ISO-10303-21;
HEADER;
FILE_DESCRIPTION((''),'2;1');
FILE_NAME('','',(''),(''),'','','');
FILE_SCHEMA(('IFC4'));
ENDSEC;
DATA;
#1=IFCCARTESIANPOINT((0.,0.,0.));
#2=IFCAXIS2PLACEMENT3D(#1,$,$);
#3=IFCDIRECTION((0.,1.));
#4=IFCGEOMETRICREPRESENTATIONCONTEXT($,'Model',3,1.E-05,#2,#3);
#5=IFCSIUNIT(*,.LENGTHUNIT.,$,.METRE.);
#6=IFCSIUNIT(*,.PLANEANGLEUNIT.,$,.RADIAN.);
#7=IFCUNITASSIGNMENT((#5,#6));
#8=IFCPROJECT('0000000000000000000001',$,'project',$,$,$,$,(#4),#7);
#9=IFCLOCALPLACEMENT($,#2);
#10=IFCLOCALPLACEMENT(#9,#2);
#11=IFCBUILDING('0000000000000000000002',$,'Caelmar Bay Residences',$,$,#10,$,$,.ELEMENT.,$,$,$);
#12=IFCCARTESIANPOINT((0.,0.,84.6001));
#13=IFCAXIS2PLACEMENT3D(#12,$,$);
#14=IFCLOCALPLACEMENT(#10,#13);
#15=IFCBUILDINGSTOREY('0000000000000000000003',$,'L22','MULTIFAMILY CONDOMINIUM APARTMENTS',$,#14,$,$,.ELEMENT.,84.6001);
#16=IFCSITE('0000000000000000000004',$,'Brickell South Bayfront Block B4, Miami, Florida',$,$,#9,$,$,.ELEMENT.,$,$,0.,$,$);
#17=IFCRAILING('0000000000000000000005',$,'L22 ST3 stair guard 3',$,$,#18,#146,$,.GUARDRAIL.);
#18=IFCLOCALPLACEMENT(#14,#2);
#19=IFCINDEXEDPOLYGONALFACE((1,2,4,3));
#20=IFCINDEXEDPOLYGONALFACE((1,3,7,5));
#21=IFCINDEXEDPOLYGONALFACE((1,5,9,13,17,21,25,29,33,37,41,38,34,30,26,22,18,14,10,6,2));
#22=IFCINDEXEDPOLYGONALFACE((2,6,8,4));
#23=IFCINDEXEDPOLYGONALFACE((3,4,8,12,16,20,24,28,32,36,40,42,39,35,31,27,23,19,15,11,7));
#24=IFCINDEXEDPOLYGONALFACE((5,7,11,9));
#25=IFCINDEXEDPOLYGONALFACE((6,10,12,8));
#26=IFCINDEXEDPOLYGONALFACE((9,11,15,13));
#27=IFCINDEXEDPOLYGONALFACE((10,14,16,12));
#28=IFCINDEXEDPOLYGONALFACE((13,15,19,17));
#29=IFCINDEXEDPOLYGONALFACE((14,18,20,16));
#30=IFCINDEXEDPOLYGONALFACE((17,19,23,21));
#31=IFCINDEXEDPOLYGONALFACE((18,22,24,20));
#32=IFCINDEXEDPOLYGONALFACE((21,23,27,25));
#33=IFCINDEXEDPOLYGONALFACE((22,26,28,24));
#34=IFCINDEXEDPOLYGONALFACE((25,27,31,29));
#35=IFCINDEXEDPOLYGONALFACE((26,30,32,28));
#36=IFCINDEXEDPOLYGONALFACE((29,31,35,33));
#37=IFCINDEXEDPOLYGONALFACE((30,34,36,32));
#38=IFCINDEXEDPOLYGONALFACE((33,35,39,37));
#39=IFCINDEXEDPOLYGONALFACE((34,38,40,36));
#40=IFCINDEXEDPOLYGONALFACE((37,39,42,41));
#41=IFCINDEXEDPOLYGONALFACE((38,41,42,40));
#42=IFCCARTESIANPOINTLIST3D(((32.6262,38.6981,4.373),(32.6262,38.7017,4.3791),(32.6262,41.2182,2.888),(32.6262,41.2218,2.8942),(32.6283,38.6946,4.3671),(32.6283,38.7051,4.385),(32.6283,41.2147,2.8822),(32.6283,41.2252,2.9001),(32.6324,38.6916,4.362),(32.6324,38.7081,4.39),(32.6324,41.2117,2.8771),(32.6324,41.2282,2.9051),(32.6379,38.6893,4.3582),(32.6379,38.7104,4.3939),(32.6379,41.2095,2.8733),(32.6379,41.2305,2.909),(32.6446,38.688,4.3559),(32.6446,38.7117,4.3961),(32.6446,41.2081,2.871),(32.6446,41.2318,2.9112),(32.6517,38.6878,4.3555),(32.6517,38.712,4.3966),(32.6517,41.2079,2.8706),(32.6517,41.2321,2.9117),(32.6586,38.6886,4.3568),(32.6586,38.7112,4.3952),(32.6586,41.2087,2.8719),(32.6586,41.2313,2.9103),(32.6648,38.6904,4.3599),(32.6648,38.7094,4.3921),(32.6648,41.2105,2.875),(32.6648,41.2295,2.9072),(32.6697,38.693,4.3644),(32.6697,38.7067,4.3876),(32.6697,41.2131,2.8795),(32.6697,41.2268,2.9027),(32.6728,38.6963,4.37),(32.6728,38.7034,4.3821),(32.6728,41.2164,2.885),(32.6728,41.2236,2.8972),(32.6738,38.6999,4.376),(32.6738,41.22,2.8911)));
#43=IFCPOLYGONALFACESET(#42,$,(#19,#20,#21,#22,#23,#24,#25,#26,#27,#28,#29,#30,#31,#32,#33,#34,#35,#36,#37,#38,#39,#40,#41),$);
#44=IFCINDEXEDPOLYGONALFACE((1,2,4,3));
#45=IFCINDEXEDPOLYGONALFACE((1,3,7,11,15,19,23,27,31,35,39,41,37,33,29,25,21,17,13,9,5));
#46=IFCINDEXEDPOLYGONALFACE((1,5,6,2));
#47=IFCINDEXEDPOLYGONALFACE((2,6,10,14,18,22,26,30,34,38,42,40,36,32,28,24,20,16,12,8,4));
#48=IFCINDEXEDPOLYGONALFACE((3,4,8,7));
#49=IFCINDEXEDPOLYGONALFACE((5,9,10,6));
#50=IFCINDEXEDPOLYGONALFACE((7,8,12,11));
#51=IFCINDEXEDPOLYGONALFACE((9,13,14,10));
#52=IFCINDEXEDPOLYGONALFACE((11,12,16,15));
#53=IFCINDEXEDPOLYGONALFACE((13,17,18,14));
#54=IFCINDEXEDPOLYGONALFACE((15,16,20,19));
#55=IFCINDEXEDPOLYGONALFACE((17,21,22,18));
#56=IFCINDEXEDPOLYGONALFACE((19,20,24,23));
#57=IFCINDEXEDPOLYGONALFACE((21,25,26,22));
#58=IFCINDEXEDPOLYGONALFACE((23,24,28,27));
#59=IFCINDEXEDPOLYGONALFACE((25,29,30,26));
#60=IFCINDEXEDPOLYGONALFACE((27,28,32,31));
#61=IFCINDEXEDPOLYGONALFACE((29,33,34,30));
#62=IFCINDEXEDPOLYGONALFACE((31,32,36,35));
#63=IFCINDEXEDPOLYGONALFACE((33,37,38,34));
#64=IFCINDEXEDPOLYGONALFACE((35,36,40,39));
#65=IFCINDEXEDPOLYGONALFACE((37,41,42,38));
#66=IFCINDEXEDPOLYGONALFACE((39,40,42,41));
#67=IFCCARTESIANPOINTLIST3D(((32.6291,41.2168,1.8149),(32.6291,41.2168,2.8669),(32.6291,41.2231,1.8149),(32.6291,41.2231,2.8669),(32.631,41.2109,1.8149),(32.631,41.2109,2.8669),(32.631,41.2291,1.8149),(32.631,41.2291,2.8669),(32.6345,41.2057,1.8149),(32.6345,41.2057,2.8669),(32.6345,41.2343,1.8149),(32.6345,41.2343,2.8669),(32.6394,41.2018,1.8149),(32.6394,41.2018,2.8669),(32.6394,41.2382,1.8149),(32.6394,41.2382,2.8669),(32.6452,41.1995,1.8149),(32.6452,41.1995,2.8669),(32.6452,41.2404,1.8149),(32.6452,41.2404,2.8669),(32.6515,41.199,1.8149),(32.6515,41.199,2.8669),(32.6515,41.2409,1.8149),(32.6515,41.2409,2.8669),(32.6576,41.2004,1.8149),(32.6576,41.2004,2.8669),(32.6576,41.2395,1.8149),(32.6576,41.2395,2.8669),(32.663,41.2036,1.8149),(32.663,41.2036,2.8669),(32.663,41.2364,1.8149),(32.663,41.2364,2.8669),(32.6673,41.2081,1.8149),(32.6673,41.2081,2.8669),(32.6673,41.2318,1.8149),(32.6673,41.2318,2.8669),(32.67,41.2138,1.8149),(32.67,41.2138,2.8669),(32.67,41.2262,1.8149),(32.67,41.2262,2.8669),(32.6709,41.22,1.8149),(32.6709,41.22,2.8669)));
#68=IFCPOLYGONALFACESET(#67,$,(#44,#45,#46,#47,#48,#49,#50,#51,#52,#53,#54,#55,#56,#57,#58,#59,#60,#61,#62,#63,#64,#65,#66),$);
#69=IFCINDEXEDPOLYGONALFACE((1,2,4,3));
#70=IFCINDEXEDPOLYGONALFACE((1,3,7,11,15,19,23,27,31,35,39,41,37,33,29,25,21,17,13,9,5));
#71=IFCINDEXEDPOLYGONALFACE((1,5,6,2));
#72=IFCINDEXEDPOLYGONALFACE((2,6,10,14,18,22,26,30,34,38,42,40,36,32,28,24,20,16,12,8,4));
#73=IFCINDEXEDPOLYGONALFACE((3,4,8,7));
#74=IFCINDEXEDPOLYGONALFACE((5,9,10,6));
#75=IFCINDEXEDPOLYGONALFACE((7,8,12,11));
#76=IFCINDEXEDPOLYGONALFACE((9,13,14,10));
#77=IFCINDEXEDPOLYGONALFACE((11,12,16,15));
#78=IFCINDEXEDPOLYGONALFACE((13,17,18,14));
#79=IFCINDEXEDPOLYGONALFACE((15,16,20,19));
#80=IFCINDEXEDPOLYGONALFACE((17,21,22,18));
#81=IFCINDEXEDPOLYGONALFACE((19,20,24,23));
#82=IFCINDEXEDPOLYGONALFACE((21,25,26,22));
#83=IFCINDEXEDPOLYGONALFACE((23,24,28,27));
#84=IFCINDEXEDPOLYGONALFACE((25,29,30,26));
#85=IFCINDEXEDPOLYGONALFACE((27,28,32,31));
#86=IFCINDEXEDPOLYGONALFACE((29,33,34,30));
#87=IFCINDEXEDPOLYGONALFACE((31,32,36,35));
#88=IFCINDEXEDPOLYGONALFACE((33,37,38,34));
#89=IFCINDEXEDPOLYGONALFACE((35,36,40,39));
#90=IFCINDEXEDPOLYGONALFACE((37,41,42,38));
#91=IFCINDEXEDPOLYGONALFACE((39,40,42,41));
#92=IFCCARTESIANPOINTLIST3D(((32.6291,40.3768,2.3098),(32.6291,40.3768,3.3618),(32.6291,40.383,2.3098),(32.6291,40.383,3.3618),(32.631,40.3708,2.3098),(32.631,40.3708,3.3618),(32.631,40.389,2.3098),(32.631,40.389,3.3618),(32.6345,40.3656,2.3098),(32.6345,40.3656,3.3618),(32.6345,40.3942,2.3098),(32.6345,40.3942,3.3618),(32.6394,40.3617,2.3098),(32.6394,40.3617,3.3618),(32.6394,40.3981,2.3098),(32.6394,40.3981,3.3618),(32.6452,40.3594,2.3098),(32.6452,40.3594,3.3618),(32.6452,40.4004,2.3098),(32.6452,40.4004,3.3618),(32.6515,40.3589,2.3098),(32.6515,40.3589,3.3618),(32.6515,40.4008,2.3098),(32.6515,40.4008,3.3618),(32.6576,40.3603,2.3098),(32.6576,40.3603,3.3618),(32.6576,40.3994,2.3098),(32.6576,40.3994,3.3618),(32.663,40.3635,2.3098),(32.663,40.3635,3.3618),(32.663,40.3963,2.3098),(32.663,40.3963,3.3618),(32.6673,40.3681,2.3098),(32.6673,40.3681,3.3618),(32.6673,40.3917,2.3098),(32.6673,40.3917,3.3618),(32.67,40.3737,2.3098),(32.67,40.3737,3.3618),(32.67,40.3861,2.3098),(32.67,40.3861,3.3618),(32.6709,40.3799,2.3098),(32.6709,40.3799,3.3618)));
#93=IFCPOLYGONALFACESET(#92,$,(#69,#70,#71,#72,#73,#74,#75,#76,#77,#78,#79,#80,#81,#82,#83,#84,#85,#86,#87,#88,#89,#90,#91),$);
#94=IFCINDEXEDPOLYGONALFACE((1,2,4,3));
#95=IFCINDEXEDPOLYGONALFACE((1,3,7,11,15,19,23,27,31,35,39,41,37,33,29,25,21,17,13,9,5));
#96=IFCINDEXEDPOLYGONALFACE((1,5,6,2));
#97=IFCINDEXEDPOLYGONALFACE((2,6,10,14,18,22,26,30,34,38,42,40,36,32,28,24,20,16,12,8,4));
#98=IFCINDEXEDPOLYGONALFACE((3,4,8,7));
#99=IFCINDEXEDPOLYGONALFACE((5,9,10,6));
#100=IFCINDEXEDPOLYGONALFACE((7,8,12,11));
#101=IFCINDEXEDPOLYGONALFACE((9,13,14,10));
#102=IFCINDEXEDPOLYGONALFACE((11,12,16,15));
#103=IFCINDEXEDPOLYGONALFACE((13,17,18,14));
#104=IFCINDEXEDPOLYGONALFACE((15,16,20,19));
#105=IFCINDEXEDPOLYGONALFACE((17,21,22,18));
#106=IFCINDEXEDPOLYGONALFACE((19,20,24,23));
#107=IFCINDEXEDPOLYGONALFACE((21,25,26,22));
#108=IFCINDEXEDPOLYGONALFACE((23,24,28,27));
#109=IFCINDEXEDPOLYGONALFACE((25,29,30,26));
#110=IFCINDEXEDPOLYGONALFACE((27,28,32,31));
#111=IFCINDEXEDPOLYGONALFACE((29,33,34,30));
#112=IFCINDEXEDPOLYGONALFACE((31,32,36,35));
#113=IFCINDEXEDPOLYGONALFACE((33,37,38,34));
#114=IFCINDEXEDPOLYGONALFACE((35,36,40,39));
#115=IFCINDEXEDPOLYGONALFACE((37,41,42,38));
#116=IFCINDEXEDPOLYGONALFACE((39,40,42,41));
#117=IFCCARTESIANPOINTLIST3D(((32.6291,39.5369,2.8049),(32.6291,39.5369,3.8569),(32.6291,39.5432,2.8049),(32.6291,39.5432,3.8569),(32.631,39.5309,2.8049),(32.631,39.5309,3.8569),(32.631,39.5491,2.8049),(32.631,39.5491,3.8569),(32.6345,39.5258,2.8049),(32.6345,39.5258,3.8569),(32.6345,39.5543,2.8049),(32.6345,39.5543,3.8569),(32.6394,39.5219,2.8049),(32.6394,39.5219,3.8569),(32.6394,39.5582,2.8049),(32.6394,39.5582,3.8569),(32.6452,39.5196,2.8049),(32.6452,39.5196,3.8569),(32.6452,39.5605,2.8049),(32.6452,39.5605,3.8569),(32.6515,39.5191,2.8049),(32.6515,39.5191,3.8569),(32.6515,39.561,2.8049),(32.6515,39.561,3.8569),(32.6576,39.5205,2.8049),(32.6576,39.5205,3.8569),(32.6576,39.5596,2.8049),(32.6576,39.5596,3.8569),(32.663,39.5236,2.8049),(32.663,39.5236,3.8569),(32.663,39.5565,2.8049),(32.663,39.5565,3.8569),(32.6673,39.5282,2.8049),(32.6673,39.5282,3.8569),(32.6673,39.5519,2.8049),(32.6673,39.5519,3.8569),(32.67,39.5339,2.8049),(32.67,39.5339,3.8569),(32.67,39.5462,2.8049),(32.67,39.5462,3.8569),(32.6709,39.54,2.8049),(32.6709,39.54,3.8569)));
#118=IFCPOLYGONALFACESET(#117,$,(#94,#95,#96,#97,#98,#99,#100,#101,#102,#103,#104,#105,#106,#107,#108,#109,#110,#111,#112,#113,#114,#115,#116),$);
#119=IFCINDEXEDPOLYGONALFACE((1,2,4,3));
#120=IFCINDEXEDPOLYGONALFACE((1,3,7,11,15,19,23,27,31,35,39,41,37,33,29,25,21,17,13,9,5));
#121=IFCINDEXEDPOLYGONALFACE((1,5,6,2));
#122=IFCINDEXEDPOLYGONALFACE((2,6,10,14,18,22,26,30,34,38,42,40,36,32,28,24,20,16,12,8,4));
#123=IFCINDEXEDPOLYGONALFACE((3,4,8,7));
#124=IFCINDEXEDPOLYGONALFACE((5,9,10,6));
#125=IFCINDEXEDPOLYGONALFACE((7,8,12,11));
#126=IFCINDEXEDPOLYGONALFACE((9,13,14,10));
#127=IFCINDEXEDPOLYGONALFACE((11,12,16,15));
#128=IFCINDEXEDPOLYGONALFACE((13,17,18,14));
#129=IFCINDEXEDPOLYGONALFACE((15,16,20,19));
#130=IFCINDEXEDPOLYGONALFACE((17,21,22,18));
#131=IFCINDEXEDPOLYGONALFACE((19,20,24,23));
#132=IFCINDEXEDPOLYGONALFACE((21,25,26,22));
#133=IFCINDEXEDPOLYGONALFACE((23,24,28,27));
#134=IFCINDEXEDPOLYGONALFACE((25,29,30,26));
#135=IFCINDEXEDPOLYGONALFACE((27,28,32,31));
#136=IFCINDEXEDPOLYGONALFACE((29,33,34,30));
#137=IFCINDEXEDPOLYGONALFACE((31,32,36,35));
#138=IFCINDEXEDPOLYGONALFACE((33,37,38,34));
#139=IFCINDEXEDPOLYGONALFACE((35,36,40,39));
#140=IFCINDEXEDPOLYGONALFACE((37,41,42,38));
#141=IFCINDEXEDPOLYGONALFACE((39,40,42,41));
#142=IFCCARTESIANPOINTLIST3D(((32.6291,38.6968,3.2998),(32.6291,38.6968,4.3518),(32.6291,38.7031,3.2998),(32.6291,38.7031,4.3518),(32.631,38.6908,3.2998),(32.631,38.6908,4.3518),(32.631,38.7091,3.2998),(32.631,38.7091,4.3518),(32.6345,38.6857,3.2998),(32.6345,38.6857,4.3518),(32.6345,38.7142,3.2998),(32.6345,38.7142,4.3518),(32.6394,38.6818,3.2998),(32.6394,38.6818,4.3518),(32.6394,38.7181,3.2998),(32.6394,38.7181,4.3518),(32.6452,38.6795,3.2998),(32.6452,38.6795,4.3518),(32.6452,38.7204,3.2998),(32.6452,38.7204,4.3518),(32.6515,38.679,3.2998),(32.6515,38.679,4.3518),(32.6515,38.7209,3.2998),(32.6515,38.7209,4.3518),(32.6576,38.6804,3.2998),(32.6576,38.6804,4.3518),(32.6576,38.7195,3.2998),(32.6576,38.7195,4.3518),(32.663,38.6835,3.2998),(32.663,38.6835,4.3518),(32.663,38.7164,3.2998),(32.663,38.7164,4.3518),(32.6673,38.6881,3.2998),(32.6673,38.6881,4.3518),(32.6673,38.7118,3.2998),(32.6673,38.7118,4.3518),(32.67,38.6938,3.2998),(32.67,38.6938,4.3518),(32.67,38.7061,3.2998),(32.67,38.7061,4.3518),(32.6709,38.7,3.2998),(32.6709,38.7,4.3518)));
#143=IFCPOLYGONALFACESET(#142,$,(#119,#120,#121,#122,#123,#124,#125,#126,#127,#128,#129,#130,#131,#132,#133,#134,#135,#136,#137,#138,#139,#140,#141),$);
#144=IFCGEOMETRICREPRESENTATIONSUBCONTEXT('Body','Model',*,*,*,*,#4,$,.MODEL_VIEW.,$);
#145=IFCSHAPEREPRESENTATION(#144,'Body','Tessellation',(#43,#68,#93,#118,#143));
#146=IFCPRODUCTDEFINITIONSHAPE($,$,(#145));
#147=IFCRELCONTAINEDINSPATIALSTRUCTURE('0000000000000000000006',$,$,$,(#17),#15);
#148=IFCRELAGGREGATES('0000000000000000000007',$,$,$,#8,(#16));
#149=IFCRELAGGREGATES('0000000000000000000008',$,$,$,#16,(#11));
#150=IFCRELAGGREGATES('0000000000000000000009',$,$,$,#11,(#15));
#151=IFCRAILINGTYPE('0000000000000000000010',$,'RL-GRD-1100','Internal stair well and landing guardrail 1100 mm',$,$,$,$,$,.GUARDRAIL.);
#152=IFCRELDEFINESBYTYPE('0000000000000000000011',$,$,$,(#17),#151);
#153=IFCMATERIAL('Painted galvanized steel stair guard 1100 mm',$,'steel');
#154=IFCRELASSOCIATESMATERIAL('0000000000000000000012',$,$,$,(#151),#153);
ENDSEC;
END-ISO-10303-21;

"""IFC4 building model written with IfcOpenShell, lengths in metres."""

from ifc_helpers import new_model, si_unit, direction, frame, origin, origin_2d, place, context, subcontext, project, spatial, circle, extrude, material, type_object, element, save


model = new_model("IFC4")

# Units and contexts
model_context = context("Model", 3, precision=1e-05, world=origin(), true_north=direction((0.0, 1.0)))
body_context = subcontext(model_context, "Body", "Model", "MODEL_VIEW")
ifc_project = project(units=[si_unit("LENGTHUNIT", "METRE"), si_unit("PLANEANGLEUNIT", "RADIAN")], contexts=[model_context])

# Site, building, storey
site_placement = place(None, origin())
site = spatial("IfcSite", under=ifc_project, at=site_placement, Name="Brickell South Bayfront Block B4, Miami, Florida", CompositionType="ELEMENT", RefElevation=0.0)
building_placement = place(site_placement, origin())
building = spatial("IfcBuilding", under=site, at=building_placement, Name="Caelmar Bay Residences", CompositionType="ELEMENT")
storey_placement = place(building_placement, frame((0.0, 0.0, 84.6001)))
storey = spatial("IfcBuildingStorey", under=building, at=storey_placement, Name="L22", Description="MULTIFAMILY CONDOMINIUM APARTMENTS", CompositionType="ELEMENT", Elevation=84.6001)

# Railing
ifc_material_1 = material(Name="Painted galvanized steel stair guard 1100 mm", Category="steel")
railing_type_1 = type_object("IfcRailingType", Name="RL-GRD-1100", Description="Internal stair well and landing guardrail 1100 mm", PredefinedType="GUARDRAIL", material=ifc_material_1)
railing_1_placement = place(storey_placement, frame((32.6499, 41.22, 1.8149)))
element("IfcRailing", 1, at=railing_1_placement, inside=storey, type_object=railing_type_1, Name="L22 ST3 stair guard 3", PredefinedType="GUARDRAIL", context=body_context, shape_type="SweptSolid", body=[
    extrude(circle(Radius=0.0239, at=origin_2d()), frame((0.0, 0.0, 1.0762), z_axis=(0.0, -0.861561, 0.507655), x_axis=(1.0, 0.0, 0.0)), (0.0, 0.0, 1.0), 2.925),
    extrude(circle(Radius=0.021, at=origin_2d()), origin(), (0.0, 0.0, 1.0), 1.052),
    extrude(circle(Radius=0.021, at=origin_2d()), frame((0.0, -0.8401, 0.4949)), (0.0, 0.0, 1.0), 1.052),
    extrude(circle(Radius=0.021, at=origin_2d()), frame((0.0, -1.6799, 0.99)), (0.0, 0.0, 1.0), 1.052),
    extrude(circle(Radius=0.021, at=origin_2d()), frame((0.0, -2.52, 1.4849)), (0.0, 0.0, 1.0), 1.052),
])

save(model, "model.ifc")
